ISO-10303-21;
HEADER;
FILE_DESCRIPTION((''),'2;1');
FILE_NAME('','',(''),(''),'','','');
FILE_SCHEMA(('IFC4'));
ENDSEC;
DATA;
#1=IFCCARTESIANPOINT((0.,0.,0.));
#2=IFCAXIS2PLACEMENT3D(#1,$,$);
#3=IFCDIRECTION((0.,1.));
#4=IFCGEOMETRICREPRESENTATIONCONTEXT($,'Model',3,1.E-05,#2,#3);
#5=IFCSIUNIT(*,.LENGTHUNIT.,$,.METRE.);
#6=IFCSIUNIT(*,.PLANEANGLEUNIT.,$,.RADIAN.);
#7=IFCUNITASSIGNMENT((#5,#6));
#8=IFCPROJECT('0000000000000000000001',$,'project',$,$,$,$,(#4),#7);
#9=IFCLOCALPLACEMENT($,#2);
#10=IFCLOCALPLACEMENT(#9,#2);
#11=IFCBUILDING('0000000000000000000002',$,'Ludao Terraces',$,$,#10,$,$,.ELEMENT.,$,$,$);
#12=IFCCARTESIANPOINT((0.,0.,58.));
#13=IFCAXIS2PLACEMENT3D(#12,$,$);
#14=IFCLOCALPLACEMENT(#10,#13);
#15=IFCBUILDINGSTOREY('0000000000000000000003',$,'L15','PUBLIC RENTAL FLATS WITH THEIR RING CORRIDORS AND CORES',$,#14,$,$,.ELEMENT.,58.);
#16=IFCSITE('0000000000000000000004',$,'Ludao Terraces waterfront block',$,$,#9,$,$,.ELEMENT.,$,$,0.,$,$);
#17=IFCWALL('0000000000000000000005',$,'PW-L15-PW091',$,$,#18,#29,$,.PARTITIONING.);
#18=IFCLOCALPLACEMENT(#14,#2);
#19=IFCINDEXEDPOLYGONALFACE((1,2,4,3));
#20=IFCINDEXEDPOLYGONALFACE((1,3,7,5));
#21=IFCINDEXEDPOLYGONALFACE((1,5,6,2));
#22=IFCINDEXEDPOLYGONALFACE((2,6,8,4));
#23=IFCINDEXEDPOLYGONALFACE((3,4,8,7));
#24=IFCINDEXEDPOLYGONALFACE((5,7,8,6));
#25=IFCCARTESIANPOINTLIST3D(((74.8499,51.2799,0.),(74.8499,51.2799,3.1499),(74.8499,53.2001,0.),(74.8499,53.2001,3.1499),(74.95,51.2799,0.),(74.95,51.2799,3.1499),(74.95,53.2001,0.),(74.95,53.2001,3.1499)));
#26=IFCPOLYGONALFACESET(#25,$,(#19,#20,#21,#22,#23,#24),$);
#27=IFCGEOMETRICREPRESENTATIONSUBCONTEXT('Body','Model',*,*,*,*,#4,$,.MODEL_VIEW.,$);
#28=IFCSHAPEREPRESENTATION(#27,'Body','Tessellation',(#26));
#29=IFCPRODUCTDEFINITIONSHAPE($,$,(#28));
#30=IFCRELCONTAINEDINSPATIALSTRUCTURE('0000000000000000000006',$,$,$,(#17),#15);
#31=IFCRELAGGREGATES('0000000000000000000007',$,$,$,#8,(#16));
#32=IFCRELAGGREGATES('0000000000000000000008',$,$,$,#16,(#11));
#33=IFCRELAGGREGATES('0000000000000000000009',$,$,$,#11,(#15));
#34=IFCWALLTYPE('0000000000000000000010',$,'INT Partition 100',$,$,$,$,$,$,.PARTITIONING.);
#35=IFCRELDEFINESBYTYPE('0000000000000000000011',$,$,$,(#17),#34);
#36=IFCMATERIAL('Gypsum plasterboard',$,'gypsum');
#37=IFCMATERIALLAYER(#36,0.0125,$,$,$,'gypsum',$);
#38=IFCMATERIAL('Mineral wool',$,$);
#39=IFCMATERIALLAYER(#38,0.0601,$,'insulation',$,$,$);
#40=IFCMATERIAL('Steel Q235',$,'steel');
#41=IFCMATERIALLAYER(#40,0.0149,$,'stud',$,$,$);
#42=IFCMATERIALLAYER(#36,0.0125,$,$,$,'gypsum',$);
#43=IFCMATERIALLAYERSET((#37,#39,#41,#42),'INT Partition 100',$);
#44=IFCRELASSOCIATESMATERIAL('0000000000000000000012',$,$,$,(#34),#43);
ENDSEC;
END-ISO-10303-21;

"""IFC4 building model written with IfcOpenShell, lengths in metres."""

from ifc_helpers import new_model, si_unit, direction, frame, frame_2d, origin, place, context, subcontext, project, spatial, rectangle, extrude, material, layer, layer_set, type_object, element, save


model = new_model("IFC4")

# Units and contexts
model_context = context("Model", 3, precision=1e-05, world=origin(), true_north=direction((0.0, 1.0)))
body_context = subcontext(model_context, "Body", "Model", "MODEL_VIEW")
ifc_project = project(units=[si_unit("LENGTHUNIT", "METRE"), si_unit("PLANEANGLEUNIT", "RADIAN")], contexts=[model_context])

# Site, building, storey
site_placement = place(None, origin())
site = spatial("IfcSite", under=ifc_project, at=site_placement, Name="Ludao Terraces waterfront block", CompositionType="ELEMENT", RefElevation=0.0)
building_placement = place(site_placement, origin())
building = spatial("IfcBuilding", under=site, at=building_placement, Name="Ludao Terraces", CompositionType="ELEMENT")
storey_placement = place(building_placement, frame((0.0, 0.0, 58.0)))
storey = spatial("IfcBuildingStorey", under=building, at=storey_placement, Name="L15", Description="PUBLIC RENTAL FLATS WITH THEIR RING CORRIDORS AND CORES", CompositionType="ELEMENT", Elevation=58.0)

# Shared definitions
ifc_material_1 = material(Name="Gypsum plasterboard", Category="gypsum")
ifc_layer_1 = layer(ifc_material_1, 0.0125, Category="gypsum")
ifc_material_2 = material(Name="Mineral wool")
ifc_layer_2 = layer(ifc_material_2, 0.0601, Name="insulation")
ifc_material_3 = material(Name="Steel Q235", Category="steel")
ifc_layer_3 = layer(ifc_material_3, 0.0149, Name="stud")
ifc_layer_4 = layer(ifc_material_1, 0.0125, Category="gypsum")
ifc_layer_set = layer_set([ifc_layer_1, ifc_layer_2, ifc_layer_3, ifc_layer_4], Name="INT Partition 100")
wall_type = type_object("IfcWallType", Name="INT Partition 100", PredefinedType="PARTITIONING", material=ifc_layer_set)

# Wall
wall_1_placement = place(storey_placement, frame((74.8999, 51.28, 0.0), z_axis=(0.0, 0.0, 1.0), x_axis=(0.0, 1.0, 0.0)))
element("IfcWall", 1, at=wall_1_placement, inside=storey, type_object=wall_type, Name="PW-L15-PW091", PredefinedType="PARTITIONING", context=body_context, shape_type="SweptSolid", body=[
    extrude(rectangle(XDim=1.9202, YDim=0.1001, at=frame_2d((0.96, 0.0))), origin(), (0.0, 0.0, 1.0), 3.1499),
])

save(model, "model.ifc")
